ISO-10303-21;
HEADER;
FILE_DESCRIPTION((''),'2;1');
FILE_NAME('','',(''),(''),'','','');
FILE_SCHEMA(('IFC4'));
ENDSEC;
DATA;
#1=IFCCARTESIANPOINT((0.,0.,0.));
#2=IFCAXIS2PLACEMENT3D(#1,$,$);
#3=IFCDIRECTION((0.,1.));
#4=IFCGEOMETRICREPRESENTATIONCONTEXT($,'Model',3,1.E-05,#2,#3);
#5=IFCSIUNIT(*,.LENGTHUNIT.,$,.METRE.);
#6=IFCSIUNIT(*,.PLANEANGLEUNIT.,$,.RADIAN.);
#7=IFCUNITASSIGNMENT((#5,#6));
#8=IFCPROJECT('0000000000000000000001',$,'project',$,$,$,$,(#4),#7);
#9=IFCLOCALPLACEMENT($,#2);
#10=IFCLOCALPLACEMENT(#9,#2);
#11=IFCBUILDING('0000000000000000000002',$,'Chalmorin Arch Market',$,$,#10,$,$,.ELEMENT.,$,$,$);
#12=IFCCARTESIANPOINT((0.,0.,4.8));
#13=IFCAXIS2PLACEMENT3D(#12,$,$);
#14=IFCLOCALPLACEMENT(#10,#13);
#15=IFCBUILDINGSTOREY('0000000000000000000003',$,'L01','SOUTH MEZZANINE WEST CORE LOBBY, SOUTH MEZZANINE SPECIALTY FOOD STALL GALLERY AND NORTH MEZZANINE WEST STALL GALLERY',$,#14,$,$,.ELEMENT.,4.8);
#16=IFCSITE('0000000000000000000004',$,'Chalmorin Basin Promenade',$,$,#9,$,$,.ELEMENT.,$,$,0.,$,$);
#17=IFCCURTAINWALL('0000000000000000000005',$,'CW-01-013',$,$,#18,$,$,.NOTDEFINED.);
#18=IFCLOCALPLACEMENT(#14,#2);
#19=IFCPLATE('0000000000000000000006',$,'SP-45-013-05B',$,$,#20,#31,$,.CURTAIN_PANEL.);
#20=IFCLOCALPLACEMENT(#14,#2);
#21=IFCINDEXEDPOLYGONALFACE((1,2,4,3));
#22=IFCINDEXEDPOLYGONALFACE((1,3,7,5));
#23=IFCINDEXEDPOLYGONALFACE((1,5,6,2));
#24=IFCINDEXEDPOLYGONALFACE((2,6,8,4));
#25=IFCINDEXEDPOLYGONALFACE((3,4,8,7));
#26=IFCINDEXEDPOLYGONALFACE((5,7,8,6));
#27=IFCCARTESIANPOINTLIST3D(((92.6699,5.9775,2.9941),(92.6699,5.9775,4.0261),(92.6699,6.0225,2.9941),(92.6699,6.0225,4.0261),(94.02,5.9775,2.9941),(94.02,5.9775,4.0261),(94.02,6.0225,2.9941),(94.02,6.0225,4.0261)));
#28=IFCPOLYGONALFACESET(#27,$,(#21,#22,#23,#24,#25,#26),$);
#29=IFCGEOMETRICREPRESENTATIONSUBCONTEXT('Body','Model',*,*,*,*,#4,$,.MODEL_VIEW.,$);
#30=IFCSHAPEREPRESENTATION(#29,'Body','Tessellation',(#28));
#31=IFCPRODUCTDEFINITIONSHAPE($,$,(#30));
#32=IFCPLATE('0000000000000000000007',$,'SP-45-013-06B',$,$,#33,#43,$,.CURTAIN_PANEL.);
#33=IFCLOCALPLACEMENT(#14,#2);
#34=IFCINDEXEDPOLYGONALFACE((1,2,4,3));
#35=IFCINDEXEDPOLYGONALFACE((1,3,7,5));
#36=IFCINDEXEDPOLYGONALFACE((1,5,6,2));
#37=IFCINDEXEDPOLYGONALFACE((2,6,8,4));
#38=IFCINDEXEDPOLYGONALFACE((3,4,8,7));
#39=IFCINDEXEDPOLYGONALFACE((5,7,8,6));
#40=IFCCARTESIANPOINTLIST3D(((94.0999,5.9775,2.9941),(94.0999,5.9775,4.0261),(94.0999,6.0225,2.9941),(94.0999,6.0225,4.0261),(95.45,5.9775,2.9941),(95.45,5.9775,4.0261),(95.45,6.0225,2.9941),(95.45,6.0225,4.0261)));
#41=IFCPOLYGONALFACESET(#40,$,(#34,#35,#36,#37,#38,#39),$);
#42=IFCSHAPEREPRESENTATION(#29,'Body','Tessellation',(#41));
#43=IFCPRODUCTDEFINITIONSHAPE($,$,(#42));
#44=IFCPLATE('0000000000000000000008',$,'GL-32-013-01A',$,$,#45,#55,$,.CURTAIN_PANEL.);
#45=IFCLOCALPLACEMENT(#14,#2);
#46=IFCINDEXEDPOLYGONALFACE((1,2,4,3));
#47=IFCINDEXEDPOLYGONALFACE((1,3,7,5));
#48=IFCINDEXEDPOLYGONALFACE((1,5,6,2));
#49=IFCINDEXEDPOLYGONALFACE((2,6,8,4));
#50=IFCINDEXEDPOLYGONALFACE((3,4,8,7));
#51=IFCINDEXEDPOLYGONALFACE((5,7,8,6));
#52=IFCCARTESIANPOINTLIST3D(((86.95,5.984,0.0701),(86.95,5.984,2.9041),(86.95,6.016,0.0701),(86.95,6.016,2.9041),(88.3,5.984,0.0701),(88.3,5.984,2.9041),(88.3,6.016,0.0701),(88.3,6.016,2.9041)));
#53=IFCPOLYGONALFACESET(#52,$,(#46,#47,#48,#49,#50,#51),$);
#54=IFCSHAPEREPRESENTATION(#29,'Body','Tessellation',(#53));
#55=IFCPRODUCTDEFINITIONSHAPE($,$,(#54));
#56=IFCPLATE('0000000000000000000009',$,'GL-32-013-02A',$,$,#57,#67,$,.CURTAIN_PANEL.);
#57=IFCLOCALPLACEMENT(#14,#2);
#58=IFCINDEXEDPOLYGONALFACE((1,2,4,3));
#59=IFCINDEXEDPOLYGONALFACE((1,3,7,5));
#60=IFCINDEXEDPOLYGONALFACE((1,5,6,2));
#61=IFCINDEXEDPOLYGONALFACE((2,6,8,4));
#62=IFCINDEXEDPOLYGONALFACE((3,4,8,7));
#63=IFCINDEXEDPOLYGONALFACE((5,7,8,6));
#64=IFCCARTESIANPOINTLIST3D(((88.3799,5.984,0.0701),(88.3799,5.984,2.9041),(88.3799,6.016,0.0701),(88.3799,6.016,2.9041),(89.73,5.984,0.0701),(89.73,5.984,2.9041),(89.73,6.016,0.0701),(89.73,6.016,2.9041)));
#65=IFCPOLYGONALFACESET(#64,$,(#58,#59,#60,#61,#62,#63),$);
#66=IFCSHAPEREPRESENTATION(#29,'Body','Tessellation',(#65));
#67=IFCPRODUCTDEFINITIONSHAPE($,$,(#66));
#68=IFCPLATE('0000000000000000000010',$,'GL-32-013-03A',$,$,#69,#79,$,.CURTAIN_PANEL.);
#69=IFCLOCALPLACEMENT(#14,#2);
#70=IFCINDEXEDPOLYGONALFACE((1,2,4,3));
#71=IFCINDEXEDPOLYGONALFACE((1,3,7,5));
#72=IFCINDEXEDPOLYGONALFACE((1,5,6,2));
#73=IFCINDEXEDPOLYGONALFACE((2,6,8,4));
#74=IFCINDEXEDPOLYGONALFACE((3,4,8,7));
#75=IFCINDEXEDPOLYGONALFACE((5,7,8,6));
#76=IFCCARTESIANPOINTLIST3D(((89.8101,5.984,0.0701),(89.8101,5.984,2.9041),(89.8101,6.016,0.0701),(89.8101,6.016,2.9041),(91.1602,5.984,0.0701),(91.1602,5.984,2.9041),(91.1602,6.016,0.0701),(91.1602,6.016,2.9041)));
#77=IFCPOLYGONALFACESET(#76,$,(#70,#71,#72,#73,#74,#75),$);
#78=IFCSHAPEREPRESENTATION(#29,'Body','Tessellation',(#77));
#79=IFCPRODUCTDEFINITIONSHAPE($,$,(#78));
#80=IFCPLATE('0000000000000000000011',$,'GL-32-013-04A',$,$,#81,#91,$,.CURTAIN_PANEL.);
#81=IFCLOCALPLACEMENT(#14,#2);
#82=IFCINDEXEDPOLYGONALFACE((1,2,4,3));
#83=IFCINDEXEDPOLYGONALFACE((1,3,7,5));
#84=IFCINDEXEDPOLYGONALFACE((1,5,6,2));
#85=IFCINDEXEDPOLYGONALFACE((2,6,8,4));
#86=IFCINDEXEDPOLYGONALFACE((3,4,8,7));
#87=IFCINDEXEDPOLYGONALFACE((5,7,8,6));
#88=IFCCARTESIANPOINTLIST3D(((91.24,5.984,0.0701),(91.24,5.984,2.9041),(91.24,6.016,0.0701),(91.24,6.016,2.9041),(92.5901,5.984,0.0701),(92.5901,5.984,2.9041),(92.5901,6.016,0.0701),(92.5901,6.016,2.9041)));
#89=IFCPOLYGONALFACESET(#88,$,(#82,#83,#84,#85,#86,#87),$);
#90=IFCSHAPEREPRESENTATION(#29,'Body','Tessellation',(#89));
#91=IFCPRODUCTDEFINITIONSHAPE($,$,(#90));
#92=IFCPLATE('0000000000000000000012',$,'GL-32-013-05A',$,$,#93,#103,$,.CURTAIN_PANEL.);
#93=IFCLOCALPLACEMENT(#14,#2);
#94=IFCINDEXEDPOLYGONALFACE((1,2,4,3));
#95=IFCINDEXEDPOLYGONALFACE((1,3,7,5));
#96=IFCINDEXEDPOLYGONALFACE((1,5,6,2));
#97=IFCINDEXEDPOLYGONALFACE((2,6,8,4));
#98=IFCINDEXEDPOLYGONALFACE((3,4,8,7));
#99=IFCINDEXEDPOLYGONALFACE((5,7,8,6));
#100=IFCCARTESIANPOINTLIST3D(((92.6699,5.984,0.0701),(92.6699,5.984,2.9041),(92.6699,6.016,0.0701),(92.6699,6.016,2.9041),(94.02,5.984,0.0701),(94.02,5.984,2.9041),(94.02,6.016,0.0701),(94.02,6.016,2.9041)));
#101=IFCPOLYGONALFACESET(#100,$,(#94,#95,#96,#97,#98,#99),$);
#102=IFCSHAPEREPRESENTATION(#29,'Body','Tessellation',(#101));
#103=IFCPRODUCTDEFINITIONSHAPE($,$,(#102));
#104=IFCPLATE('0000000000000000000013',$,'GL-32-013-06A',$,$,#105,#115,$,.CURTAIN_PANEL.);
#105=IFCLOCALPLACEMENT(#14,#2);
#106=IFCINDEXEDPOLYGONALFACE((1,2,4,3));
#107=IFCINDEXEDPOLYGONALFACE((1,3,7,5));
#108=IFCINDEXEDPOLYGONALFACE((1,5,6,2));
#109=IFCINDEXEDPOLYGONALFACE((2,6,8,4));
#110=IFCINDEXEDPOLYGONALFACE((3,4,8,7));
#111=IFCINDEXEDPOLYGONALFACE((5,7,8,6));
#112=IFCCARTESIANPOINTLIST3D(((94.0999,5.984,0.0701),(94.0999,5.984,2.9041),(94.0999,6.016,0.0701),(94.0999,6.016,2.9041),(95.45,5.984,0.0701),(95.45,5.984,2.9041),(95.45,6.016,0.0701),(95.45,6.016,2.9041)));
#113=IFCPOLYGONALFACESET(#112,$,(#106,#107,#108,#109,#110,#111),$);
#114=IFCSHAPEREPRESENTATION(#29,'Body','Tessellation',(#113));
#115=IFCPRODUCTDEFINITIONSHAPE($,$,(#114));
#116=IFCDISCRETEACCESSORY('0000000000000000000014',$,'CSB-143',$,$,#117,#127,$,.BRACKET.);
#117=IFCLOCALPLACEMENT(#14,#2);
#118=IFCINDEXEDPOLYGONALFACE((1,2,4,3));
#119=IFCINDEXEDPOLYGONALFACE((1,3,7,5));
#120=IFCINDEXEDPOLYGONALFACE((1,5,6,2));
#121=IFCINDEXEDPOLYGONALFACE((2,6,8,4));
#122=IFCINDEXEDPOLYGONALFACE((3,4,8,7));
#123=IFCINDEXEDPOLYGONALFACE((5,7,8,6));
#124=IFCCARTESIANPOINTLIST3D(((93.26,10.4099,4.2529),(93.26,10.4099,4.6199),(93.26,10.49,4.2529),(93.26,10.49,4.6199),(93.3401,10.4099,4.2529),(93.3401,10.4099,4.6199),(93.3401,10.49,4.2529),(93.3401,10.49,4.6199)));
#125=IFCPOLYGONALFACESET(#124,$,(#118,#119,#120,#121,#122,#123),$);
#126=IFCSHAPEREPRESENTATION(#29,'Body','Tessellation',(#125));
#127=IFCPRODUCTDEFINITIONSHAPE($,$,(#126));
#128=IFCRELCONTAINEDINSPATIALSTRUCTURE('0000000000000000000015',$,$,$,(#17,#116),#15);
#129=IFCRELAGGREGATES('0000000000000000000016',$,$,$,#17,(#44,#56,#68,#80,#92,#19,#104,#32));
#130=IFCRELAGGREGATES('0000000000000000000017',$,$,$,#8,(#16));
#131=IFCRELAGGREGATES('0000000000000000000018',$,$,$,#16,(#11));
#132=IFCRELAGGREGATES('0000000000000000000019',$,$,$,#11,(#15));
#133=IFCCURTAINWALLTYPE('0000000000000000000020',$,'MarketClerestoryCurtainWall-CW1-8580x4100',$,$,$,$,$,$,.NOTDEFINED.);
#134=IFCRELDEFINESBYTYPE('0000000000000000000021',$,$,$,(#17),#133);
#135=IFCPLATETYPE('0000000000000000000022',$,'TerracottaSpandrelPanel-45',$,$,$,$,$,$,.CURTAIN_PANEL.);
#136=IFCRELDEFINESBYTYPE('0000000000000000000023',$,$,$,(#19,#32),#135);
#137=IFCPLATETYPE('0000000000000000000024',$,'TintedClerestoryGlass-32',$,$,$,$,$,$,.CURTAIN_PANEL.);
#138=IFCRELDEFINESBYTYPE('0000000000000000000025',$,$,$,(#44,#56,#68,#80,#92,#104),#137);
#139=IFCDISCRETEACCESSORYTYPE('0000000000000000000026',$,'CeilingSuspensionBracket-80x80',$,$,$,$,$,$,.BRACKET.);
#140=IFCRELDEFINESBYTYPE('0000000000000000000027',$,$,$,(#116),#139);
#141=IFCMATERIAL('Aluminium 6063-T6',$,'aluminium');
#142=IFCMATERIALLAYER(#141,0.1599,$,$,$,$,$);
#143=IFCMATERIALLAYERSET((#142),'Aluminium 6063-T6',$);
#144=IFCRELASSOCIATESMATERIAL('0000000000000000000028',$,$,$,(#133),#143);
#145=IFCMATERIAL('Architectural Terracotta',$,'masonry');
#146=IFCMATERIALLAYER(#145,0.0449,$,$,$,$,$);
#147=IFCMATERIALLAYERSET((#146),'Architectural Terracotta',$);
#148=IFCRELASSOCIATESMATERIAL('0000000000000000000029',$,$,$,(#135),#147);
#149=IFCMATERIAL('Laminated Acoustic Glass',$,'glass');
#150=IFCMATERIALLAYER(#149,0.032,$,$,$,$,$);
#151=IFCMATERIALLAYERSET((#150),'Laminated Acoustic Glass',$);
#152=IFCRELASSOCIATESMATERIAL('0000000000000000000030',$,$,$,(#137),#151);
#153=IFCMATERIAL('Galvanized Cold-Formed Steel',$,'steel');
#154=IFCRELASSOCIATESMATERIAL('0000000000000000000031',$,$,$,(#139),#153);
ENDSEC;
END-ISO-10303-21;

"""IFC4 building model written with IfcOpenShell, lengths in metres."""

from ifc_helpers import new_model, si_unit, direction, frame, origin, origin_2d, place, context, subcontext, project, spatial, rectangle, extrude, material, layer, layer_set, type_object, element, aggregate, save


model = new_model("IFC4")

# Units and contexts
model_context = context("Model", 3, precision=1e-05, world=origin(), true_north=direction((0.0, 1.0)))
body_context = subcontext(model_context, "Body", "Model", "MODEL_VIEW")
ifc_project = project(units=[si_unit("LENGTHUNIT", "METRE"), si_unit("PLANEANGLEUNIT", "RADIAN")], contexts=[model_context])

# Site, building, storey
site_placement = place(None, origin())
site = spatial("IfcSite", under=ifc_project, at=site_placement, Name="Chalmorin Basin Promenade", CompositionType="ELEMENT", RefElevation=0.0)
building_placement = place(site_placement, origin())
building = spatial("IfcBuilding", under=site, at=building_placement, Name="Chalmorin Arch Market", CompositionType="ELEMENT")
storey_placement = place(building_placement, frame((0.0, 0.0, 4.8)))
storey = spatial("IfcBuildingStorey", under=building, at=storey_placement, Name="L01", Description="SOUTH MEZZANINE WEST CORE LOBBY, SOUTH MEZZANINE SPECIALTY FOOD STALL GALLERY AND NORTH MEZZANINE WEST STALL GALLERY", CompositionType="ELEMENT", Elevation=4.8)

# Curtain wall
ifc_material_1 = material(Name="Aluminium 6063-T6", Category="aluminium")
ifc_layer_1 = layer(ifc_material_1, 0.1599)
ifc_layer_set_1 = layer_set([ifc_layer_1], Name="Aluminium 6063-T6")
curtain_wall_type = type_object("IfcCurtainWallType", Name="MarketClerestoryCurtainWall-CW1-8580x4100", PredefinedType="NOTDEFINED", material=ifc_layer_set_1)
curtain_wall_placement = place(storey_placement, origin())
curtain_wall = element("IfcCurtainWall", 1, at=curtain_wall_placement, inside=storey, type_object=curtain_wall_type, Name="CW-01-013", PredefinedType="NOTDEFINED")

# Plates
ifc_material_2 = material(Name="Architectural Terracotta", Category="masonry")
ifc_layer_2 = layer(ifc_material_2, 0.0449)
ifc_layer_set_2 = layer_set([ifc_layer_2], Name="Architectural Terracotta")
plate_type_1 = type_object("IfcPlateType", Name="TerracottaSpandrelPanel-45", PredefinedType="CURTAIN_PANEL", material=ifc_layer_set_2)
plate_1_placement = place(storey_placement, frame((93.345, 6.0, 2.9941), z_axis=(0.0, 0.0, 1.0), x_axis=(1.0, 0.0, 0.0)))
plate_1 = element("IfcPlate", 2, at=plate_1_placement, type_object=plate_type_1, Name="SP-45-013-05B", PredefinedType="CURTAIN_PANEL", context=body_context, shape_type="SweptSolid", body=[
    extrude(rectangle(XDim=1.3501, YDim=0.0449, at=origin_2d()), origin(), (0.0, 0.0, 1.0), 1.032),
])
plate_2_placement = place(storey_placement, frame((94.7749, 6.0, 2.9941), z_axis=(0.0, 0.0, 1.0), x_axis=(1.0, 0.0, 0.0)))
plate_2 = element("IfcPlate", 3, at=plate_2_placement, type_object=plate_type_1, Name="SP-45-013-06B", PredefinedType="CURTAIN_PANEL", context=body_context, shape_type="SweptSolid", body=[
    extrude(rectangle(XDim=1.3501, YDim=0.0449, at=origin_2d()), origin(), (0.0, 0.0, 1.0), 1.032),
])
ifc_material_3 = material(Name="Laminated Acoustic Glass", Category="glass")
ifc_layer_3 = layer(ifc_material_3, 0.032)
ifc_layer_set_3 = layer_set([ifc_layer_3], Name="Laminated Acoustic Glass")
plate_type_2 = type_object("IfcPlateType", Name="TintedClerestoryGlass-32", PredefinedType="CURTAIN_PANEL", material=ifc_layer_set_3)
plate_3_placement = place(storey_placement, frame((87.625, 6.0, 0.0701), z_axis=(0.0, 0.0, 1.0), x_axis=(1.0, 0.0, 0.0)))
plate_3 = element("IfcPlate", 4, at=plate_3_placement, type_object=plate_type_2, Name="GL-32-013-01A", PredefinedType="CURTAIN_PANEL", context=body_context, shape_type="SweptSolid", body=[
    extrude(rectangle(XDim=1.3501, YDim=0.032, at=origin_2d()), origin(), (0.0, 0.0, 1.0), 2.834),
])
plate_4_placement = place(storey_placement, frame((89.0549, 6.0, 0.0701), z_axis=(0.0, 0.0, 1.0), x_axis=(1.0, 0.0, 0.0)))
plate_4 = element("IfcPlate", 5, at=plate_4_placement, type_object=plate_type_2, Name="GL-32-013-02A", PredefinedType="CURTAIN_PANEL", context=body_context, shape_type="SweptSolid", body=[
    extrude(rectangle(XDim=1.3501, YDim=0.032, at=origin_2d()), origin(), (0.0, 0.0, 1.0), 2.834),
])
plate_5_placement = place(storey_placement, frame((90.4851, 6.0, 0.0701), z_axis=(0.0, 0.0, 1.0), x_axis=(1.0, 0.0, 0.0)))
plate_5 = element("IfcPlate", 6, at=plate_5_placement, type_object=plate_type_2, Name="GL-32-013-03A", PredefinedType="CURTAIN_PANEL", context=body_context, shape_type="SweptSolid", body=[
    extrude(rectangle(XDim=1.3501, YDim=0.032, at=origin_2d()), origin(), (0.0, 0.0, 1.0), 2.834),
])
plate_6_placement = place(storey_placement, frame((91.915, 6.0, 0.0701), z_axis=(0.0, 0.0, 1.0), x_axis=(1.0, 0.0, 0.0)))
plate_6 = element("IfcPlate", 7, at=plate_6_placement, type_object=plate_type_2, Name="GL-32-013-04A", PredefinedType="CURTAIN_PANEL", context=body_context, shape_type="SweptSolid", body=[
    extrude(rectangle(XDim=1.3501, YDim=0.032, at=origin_2d()), origin(), (0.0, 0.0, 1.0), 2.834),
])
plate_7_placement = place(storey_placement, frame((93.345, 6.0, 0.0701), z_axis=(0.0, 0.0, 1.0), x_axis=(1.0, 0.0, 0.0)))
plate_7 = element("IfcPlate", 8, at=plate_7_placement, type_object=plate_type_2, Name="GL-32-013-05A", PredefinedType="CURTAIN_PANEL", context=body_context, shape_type="SweptSolid", body=[
    extrude(rectangle(XDim=1.3501, YDim=0.032, at=origin_2d()), origin(), (0.0, 0.0, 1.0), 2.834),
])
plate_8_placement = place(storey_placement, frame((94.7749, 6.0, 0.0701), z_axis=(0.0, 0.0, 1.0), x_axis=(1.0, 0.0, 0.0)))
plate_8 = element("IfcPlate", 9, at=plate_8_placement, type_object=plate_type_2, Name="GL-32-013-06A", PredefinedType="CURTAIN_PANEL", context=body_context, shape_type="SweptSolid", body=[
    extrude(rectangle(XDim=1.3501, YDim=0.032, at=origin_2d()), origin(), (0.0, 0.0, 1.0), 2.834),
])
aggregate(curtain_wall, [plate_3, plate_4, plate_5, plate_6, plate_7, plate_1, plate_8, plate_2])

# Discrete accessory
ifc_material_4 = material(Name="Galvanized Cold-Formed Steel", Category="steel")
discrete_accessory_type = type_object("IfcDiscreteAccessoryType", Name="CeilingSuspensionBracket-80x80", PredefinedType="BRACKET", material=ifc_material_4)
discrete_accessory_placement = place(storey_placement, frame((93.3, 10.45, 4.2529), z_axis=(0.0, 0.0, 1.0), x_axis=(1.0, 0.0, 0.0)))
element("IfcDiscreteAccessory", 10, at=discrete_accessory_placement, inside=storey, type_object=discrete_accessory_type, Name="CSB-143", PredefinedType="BRACKET", context=body_context, shape_type="SweptSolid", body=[
    extrude(rectangle(XDim=0.0801, YDim=0.0801, at=origin_2d()), origin(), (0.0, 0.0, 1.0), 0.3669),
])

save(model, "model.ifc")
